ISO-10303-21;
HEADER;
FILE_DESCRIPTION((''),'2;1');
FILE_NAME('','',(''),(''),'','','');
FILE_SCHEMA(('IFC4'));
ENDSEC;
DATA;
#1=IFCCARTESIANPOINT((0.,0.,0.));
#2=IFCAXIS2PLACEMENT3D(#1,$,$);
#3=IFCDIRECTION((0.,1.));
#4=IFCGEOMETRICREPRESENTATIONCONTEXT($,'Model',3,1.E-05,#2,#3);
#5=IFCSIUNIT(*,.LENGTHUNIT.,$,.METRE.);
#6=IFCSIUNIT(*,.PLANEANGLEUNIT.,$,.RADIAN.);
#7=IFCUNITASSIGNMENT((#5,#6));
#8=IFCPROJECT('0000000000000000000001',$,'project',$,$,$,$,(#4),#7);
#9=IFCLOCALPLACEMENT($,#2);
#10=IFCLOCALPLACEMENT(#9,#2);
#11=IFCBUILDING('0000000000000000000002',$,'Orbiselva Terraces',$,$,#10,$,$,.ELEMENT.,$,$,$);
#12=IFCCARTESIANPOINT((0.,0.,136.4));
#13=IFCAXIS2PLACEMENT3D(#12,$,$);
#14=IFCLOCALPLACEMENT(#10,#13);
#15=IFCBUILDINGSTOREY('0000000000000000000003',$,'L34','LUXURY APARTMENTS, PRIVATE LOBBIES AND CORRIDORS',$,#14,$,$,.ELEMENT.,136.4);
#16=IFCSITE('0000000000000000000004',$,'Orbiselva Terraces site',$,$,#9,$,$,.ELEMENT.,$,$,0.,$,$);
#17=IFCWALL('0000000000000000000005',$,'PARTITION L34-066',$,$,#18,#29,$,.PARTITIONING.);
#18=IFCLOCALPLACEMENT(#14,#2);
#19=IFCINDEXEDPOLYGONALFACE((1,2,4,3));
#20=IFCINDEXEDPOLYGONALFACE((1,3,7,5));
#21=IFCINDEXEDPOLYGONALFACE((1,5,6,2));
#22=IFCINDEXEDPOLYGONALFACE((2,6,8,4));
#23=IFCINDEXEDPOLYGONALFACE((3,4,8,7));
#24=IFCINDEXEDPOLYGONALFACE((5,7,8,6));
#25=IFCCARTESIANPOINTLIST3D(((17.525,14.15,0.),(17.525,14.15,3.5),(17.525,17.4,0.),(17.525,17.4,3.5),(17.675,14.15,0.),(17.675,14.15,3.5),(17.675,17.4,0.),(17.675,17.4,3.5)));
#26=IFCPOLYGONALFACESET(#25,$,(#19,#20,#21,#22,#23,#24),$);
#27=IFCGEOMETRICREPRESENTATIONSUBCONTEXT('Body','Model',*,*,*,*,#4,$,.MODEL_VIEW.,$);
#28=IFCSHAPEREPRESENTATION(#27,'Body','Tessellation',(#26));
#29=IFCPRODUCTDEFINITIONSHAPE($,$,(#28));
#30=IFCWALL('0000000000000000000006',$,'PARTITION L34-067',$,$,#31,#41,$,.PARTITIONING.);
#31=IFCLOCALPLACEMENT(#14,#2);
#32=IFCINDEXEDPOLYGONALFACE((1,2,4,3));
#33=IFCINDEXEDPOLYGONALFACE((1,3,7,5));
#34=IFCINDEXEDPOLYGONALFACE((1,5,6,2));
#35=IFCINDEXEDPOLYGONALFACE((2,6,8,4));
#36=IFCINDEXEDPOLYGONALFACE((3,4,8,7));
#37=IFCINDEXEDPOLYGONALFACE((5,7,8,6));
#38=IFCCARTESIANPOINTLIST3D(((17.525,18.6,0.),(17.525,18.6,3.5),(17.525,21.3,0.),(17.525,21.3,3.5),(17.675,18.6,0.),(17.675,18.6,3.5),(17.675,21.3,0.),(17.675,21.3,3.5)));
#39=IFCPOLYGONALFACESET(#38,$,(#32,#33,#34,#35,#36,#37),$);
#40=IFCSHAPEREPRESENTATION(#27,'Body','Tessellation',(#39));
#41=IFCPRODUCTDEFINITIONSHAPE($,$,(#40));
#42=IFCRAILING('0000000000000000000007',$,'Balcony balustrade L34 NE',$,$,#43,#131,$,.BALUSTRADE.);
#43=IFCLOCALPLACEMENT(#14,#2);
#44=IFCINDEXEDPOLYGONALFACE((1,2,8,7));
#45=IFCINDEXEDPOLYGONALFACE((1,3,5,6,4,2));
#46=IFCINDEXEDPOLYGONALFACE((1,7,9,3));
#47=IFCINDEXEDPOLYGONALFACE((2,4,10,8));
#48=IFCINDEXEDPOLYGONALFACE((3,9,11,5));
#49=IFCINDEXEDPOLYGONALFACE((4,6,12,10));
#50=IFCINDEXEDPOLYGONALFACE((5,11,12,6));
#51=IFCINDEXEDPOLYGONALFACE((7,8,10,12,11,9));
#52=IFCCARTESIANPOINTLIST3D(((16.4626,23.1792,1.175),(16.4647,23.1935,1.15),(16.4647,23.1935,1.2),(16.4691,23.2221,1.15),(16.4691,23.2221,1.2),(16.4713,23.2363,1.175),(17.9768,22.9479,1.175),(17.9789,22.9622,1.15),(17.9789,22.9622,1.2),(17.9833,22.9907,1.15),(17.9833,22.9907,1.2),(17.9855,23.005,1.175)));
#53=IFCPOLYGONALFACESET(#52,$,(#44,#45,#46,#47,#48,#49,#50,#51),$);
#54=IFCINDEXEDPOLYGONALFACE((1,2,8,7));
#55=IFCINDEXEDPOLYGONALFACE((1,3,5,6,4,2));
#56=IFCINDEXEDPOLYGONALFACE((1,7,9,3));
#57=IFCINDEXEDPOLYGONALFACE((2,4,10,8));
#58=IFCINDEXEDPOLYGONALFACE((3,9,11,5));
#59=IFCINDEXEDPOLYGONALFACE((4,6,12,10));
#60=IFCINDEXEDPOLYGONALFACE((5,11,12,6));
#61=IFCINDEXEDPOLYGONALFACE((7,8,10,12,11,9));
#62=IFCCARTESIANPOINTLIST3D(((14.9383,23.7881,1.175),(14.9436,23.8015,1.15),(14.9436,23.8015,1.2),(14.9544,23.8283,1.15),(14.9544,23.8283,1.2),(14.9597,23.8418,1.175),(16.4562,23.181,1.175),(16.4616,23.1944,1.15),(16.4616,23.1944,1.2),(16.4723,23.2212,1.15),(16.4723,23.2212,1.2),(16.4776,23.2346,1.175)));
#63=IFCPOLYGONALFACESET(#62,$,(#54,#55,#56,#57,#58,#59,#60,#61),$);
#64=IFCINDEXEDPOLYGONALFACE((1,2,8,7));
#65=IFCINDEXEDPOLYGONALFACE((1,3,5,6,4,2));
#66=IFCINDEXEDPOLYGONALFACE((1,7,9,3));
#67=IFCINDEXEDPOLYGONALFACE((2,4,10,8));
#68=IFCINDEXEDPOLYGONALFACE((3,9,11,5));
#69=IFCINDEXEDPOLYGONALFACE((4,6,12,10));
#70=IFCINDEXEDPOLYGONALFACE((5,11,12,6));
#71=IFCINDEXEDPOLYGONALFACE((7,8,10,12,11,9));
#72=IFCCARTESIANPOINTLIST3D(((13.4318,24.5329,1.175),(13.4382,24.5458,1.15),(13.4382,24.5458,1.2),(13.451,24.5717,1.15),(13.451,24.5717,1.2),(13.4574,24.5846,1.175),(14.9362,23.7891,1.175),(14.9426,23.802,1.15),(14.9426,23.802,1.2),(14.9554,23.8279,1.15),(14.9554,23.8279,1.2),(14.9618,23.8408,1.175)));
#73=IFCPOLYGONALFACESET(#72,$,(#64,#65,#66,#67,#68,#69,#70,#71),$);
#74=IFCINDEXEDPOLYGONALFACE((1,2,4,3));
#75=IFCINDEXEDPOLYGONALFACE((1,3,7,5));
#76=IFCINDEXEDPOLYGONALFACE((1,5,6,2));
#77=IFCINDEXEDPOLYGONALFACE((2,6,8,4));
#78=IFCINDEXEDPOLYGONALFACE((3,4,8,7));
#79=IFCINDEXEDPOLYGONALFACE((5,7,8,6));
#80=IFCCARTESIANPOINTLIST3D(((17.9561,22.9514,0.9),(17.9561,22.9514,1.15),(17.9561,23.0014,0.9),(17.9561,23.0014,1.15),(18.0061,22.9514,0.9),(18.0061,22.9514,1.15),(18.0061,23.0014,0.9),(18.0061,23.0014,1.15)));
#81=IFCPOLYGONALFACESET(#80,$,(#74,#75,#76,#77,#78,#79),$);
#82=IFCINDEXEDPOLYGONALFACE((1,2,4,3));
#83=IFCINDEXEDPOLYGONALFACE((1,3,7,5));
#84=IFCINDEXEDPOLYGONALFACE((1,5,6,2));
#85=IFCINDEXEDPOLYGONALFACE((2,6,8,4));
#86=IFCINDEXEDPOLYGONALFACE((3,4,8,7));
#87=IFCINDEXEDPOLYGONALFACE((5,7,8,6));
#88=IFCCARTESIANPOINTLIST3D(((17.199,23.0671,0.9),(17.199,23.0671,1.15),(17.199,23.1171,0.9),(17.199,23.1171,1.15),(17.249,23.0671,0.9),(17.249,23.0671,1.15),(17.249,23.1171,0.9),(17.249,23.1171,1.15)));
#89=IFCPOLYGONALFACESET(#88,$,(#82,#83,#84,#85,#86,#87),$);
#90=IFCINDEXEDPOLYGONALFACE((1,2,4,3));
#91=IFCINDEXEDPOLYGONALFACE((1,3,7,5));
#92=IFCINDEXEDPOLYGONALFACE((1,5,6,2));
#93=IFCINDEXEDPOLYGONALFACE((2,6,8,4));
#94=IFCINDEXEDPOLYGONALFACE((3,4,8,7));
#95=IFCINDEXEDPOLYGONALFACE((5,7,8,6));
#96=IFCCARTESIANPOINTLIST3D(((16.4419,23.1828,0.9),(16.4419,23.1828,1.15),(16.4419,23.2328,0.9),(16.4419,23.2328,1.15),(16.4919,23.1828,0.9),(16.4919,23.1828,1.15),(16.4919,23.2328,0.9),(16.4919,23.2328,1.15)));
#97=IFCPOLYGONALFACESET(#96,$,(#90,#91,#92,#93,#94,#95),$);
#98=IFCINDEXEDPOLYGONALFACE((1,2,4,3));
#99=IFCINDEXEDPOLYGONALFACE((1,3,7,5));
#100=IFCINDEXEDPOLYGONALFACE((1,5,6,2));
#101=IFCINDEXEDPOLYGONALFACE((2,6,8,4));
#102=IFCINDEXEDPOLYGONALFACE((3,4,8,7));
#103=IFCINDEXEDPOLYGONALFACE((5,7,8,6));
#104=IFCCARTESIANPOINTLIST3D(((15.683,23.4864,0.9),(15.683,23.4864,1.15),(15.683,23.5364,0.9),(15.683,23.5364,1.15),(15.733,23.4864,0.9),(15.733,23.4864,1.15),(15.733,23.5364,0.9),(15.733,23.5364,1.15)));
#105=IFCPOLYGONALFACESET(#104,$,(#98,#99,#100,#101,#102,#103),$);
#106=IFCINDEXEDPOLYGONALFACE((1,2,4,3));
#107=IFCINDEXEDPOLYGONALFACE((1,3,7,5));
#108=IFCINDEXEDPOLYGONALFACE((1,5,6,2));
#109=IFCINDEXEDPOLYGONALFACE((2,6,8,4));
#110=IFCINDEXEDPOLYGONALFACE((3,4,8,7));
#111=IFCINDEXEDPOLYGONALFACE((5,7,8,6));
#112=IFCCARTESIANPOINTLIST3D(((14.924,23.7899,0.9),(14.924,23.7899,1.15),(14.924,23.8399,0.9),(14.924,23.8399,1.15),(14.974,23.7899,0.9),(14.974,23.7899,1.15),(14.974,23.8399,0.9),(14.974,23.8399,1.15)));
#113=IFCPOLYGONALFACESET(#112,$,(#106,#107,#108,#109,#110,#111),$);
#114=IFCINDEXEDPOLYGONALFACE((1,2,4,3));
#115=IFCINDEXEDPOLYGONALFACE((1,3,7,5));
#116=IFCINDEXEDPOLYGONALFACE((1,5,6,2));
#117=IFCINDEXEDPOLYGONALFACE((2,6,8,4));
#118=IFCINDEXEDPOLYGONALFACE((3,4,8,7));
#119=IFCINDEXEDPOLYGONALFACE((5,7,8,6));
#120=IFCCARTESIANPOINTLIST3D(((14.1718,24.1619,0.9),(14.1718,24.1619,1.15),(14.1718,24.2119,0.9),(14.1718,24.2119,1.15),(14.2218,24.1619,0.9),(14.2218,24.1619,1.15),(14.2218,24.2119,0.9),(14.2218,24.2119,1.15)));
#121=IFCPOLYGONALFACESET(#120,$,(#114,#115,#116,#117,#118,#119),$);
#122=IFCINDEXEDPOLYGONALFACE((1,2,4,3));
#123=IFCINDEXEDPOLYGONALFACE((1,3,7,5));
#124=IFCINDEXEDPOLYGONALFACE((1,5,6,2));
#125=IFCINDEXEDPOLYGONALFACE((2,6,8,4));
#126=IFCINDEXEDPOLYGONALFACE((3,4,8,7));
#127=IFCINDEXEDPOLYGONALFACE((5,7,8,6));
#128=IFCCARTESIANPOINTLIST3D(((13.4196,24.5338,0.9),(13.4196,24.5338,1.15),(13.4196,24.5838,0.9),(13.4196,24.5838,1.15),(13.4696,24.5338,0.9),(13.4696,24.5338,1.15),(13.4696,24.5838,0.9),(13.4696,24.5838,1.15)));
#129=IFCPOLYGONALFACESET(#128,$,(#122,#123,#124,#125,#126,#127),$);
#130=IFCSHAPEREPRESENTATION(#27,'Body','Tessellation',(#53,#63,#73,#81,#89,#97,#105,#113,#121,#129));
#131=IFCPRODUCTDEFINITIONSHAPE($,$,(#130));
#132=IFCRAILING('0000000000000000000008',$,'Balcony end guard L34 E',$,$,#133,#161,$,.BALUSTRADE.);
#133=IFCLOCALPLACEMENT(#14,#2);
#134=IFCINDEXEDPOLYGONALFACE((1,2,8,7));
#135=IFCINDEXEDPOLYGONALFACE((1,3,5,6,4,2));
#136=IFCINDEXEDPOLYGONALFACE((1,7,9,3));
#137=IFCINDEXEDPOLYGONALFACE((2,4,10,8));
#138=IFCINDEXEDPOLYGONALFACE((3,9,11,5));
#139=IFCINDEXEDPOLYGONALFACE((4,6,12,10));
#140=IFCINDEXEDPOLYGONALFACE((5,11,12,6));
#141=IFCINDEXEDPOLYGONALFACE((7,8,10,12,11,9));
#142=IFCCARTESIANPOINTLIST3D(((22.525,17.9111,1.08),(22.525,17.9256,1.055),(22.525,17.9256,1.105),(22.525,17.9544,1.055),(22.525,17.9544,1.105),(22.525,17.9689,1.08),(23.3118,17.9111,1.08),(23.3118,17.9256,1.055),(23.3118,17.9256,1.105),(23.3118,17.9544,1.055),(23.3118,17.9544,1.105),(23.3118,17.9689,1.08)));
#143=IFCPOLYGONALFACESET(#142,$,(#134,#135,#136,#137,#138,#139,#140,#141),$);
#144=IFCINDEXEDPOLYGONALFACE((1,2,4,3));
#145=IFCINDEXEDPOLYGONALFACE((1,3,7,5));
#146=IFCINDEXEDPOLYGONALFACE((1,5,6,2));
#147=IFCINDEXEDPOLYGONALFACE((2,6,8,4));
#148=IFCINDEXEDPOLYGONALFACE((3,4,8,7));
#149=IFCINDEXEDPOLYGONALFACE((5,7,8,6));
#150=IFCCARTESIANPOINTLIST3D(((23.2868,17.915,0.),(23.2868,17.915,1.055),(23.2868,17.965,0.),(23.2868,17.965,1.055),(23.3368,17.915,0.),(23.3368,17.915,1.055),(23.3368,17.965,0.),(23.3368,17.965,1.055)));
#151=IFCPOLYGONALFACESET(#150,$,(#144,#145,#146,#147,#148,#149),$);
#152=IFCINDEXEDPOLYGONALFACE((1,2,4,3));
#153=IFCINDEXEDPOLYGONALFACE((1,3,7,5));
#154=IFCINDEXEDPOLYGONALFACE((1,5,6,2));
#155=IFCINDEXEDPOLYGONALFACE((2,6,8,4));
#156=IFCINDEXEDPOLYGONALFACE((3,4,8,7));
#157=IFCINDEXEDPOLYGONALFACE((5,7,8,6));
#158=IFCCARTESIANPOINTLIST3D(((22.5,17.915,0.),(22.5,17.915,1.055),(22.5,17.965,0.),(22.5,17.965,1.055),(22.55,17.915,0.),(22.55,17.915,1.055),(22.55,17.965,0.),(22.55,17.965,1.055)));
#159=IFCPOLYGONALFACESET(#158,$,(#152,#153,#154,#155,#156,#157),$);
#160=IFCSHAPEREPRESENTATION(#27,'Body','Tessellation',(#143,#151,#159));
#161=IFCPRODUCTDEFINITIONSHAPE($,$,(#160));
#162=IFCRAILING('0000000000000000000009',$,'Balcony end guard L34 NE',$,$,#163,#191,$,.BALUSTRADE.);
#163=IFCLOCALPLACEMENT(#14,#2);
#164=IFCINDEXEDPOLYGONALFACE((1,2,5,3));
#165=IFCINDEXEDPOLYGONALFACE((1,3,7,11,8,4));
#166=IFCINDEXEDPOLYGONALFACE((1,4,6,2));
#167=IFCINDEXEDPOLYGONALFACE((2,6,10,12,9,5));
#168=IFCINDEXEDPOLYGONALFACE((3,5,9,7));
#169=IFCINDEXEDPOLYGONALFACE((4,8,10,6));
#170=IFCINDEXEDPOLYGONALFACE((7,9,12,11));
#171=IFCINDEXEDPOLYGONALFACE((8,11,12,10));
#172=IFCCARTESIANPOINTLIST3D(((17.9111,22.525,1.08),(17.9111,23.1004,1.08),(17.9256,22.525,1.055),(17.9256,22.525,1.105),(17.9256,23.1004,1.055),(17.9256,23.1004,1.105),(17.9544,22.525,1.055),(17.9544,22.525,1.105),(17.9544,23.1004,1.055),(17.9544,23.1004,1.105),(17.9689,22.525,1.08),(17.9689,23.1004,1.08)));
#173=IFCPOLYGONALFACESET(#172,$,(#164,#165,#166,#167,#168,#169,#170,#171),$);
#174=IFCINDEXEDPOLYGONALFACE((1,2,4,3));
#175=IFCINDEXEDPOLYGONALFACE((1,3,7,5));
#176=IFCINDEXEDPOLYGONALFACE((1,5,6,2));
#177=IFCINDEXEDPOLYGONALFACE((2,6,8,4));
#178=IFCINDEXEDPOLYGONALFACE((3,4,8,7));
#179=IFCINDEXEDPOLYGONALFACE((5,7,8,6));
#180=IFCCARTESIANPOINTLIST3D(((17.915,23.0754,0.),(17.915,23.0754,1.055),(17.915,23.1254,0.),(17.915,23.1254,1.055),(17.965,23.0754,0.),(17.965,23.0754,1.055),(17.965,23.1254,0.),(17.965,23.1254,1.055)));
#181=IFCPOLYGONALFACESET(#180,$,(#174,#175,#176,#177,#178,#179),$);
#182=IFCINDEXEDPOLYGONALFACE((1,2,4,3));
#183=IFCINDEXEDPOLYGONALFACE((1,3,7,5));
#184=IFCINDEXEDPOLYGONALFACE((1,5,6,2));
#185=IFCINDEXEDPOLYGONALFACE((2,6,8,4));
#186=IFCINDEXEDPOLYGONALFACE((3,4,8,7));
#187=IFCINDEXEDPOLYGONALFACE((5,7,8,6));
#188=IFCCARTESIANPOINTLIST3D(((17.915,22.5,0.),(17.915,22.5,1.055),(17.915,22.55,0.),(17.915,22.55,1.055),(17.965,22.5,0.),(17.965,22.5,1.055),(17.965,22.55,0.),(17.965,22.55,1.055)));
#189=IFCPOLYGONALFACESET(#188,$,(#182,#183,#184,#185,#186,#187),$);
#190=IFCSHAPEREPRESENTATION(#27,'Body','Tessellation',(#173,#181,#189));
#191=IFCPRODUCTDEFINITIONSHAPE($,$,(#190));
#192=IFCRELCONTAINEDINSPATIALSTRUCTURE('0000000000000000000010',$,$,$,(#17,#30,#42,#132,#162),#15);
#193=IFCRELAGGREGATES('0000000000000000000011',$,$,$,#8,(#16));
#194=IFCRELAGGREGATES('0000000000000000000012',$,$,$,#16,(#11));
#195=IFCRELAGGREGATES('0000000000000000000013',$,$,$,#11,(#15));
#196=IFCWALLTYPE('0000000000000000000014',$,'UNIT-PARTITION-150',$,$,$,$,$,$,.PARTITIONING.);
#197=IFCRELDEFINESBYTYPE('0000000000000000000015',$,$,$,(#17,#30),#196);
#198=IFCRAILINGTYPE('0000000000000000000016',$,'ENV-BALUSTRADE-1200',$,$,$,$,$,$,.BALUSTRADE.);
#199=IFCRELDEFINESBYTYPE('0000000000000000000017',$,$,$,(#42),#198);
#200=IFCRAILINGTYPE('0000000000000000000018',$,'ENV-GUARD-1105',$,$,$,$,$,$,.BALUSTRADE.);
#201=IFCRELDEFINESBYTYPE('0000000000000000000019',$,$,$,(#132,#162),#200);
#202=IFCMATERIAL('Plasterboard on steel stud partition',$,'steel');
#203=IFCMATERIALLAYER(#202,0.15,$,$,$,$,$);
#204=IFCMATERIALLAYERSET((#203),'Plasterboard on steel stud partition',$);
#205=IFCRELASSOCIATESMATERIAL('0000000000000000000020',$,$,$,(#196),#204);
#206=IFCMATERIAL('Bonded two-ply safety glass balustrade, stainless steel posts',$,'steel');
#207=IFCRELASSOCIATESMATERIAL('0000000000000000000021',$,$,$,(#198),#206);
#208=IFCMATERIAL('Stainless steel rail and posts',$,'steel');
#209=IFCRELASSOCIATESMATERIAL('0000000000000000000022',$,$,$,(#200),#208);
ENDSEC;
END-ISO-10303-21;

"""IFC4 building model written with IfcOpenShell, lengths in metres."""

from ifc_helpers import new_model, si_unit, direction, frame, frame_2d, origin, origin_2d, place, context, subcontext, project, spatial, polyline, rectangle, outline, extrude, material, layer, layer_set, type_object, element, save


model = new_model("IFC4")

# Units and contexts
model_context = context("Model", 3, precision=1e-05, world=origin(), true_north=direction((0.0, 1.0)))
body_context = subcontext(model_context, "Body", "Model", "MODEL_VIEW")
ifc_project = project(units=[si_unit("LENGTHUNIT", "METRE"), si_unit("PLANEANGLEUNIT", "RADIAN")], contexts=[model_context])

# Site, building, storey
site_placement = place(None, origin())
site = spatial("IfcSite", under=ifc_project, at=site_placement, Name="Orbiselva Terraces site", CompositionType="ELEMENT", RefElevation=0.0)
building_placement = place(site_placement, origin())
building = spatial("IfcBuilding", under=site, at=building_placement, Name="Orbiselva Terraces", CompositionType="ELEMENT")
storey_placement = place(building_placement, frame((0.0, 0.0, 136.4)))
storey = spatial("IfcBuildingStorey", under=building, at=storey_placement, Name="L34", Description="LUXURY APARTMENTS, PRIVATE LOBBIES AND CORRIDORS", CompositionType="ELEMENT", Elevation=136.4)

# Walls
ifc_material_1 = material(Name="Plasterboard on steel stud partition", Category="steel")
ifc_layer_1 = layer(ifc_material_1, 0.15)
ifc_layer_set_1 = layer_set([ifc_layer_1], Name="Plasterboard on steel stud partition")
wall_type_1 = type_object("IfcWallType", Name="UNIT-PARTITION-150", PredefinedType="PARTITIONING", material=ifc_layer_set_1)
wall_1_placement = place(storey_placement, frame((17.6, 14.15, 0.0), z_axis=(0.0, 0.0, 1.0), x_axis=(0.0, 1.0, 0.0)))
element("IfcWall", 1, at=wall_1_placement, inside=storey, type_object=wall_type_1, Name="PARTITION L34-066", PredefinedType="PARTITIONING", context=body_context, shape_type="SweptSolid", body=[
    extrude(rectangle(XDim=3.25, YDim=0.15, at=frame_2d((1.625, 0.0))), origin(), (0.0, 0.0, 1.0), 3.5),
])
wall_2_placement = place(storey_placement, frame((17.6, 18.6, 0.0), z_axis=(0.0, 0.0, 1.0), x_axis=(0.0, 1.0, 0.0)))
element("IfcWall", 2, at=wall_2_placement, inside=storey, type_object=wall_type_1, Name="PARTITION L34-067", PredefinedType="PARTITIONING", context=body_context, shape_type="SweptSolid", body=[
    extrude(rectangle(XDim=2.7, YDim=0.15, at=frame_2d((1.35, 0.0))), origin(), (0.0, 0.0, 1.0), 3.5),
])

# Railings
ifc_material_2 = material(Name="Bonded two-ply safety glass balustrade, stainless steel posts", Category="steel")
railing_type_1 = type_object("IfcRailingType", Name="ENV-BALUSTRADE-1200", PredefinedType="BALUSTRADE", material=ifc_material_2)
railing_1_placement = place(storey_placement, frame((17.9811, 22.9764, 0.9)))
element("IfcRailing", 3, at=railing_1_placement, inside=storey, type_object=railing_type_1, Name="Balcony balustrade L34 NE", PredefinedType="BALUSTRADE", context=body_context, shape_type="SweptSolid", body=[
    extrude(outline(polyline([(0.0289, 0.0), (0.0144, 0.025), (-0.0144, 0.025), (-0.0289, 0.0), (-0.0144, -0.025), (0.0144, -0.025), (0.0289, 0.0)])), frame((0.0, 0.0, 0.275), z_axis=(-0.988529, 0.151034, 0.0), x_axis=(-0.151034, -0.988529, 0.0)), (0.0, 0.0, 1.0), 1.5318),
    extrude(outline(polyline([(0.0289, 0.0), (0.0144, 0.025), (-0.0144, 0.025), (-0.0289, 0.0), (-0.0144, -0.025), (0.0144, -0.025), (0.0289, 0.0)])), frame((-1.5142, 0.2314, 0.275), z_axis=(-0.928477, 0.37139, 0.0), x_axis=(-0.37139, -0.928477, 0.0)), (0.0, 0.0, 1.0), 1.6348),
    extrude(outline(polyline([(0.0289, 0.0), (0.0144, 0.025), (-0.0144, 0.025), (-0.0289, 0.0), (-0.0144, -0.025), (0.0144, -0.025), (0.0289, 0.0)])), frame((-3.0321, 0.8385, 0.275), z_axis=(-0.896417, 0.443213, 0.0), x_axis=(-0.443213, -0.896417, 0.0)), (0.0, 0.0, 1.0), 1.6782),
    extrude(rectangle(XDim=0.05, YDim=0.05, at=origin_2d()), origin(), (0.0, 0.0, 1.0), 0.25),
    extrude(rectangle(XDim=0.05, YDim=0.05, at=origin_2d()), frame((-0.7571, 0.1157, 0.0)), (0.0, 0.0, 1.0), 0.25),
    extrude(rectangle(XDim=0.05, YDim=0.05, at=origin_2d()), frame((-1.5142, 0.2314, 0.0)), (0.0, 0.0, 1.0), 0.25),
    extrude(rectangle(XDim=0.05, YDim=0.05, at=origin_2d()), frame((-2.2732, 0.5349, 0.0)), (0.0, 0.0, 1.0), 0.25),
    extrude(rectangle(XDim=0.05, YDim=0.05, at=origin_2d()), frame((-3.0321, 0.8385, 0.0)), (0.0, 0.0, 1.0), 0.25),
    extrude(rectangle(XDim=0.05, YDim=0.05, at=origin_2d()), frame((-3.7843, 1.2104, 0.0)), (0.0, 0.0, 1.0), 0.25),
    extrude(rectangle(XDim=0.05, YDim=0.05, at=origin_2d()), frame((-4.5365, 1.5823, 0.0)), (0.0, 0.0, 1.0), 0.25),
])
ifc_material_3 = material(Name="Stainless steel rail and posts", Category="steel")
railing_type_2 = type_object("IfcRailingType", Name="ENV-GUARD-1105", PredefinedType="BALUSTRADE", material=ifc_material_3)
railing_2_placement = place(storey_placement, frame((23.3118, 17.94, 0.0)))
element("IfcRailing", 4, at=railing_2_placement, inside=storey, type_object=railing_type_2, Name="Balcony end guard L34 E", PredefinedType="BALUSTRADE", context=body_context, shape_type="SweptSolid", body=[
    extrude(outline(polyline([(0.0289, 0.0), (0.0144, 0.025), (-0.0144, 0.025), (-0.0289, 0.0), (-0.0144, -0.025), (0.0144, -0.025), (0.0289, 0.0)])), frame((0.0, 0.0, 1.08), z_axis=(-1.0, 0.0, 0.0), x_axis=(0.0, -1.0, 0.0)), (0.0, 0.0, 1.0), 0.7868),
    extrude(rectangle(XDim=0.05, YDim=0.05, at=origin_2d()), origin(), (0.0, 0.0, 1.0), 1.055),
    extrude(rectangle(XDim=0.05, YDim=0.05, at=origin_2d()), frame((-0.7868, 0.0, 0.0)), (0.0, 0.0, 1.0), 1.055),
])
railing_3_placement = place(storey_placement, frame((17.94, 23.1004, 0.0)))
element("IfcRailing", 5, at=railing_3_placement, inside=storey, type_object=railing_type_2, Name="Balcony end guard L34 NE", PredefinedType="BALUSTRADE", context=body_context, shape_type="SweptSolid", body=[
    extrude(outline(polyline([(0.0289, 0.0), (0.0144, 0.025), (-0.0144, 0.025), (-0.0289, 0.0), (-0.0144, -0.025), (0.0144, -0.025), (0.0289, 0.0)])), frame((0.0, 0.0, 1.08), z_axis=(0.0, -1.0, 0.0), x_axis=(1.0, 0.0, 0.0)), (0.0, 0.0, 1.0), 0.5754),
    extrude(rectangle(XDim=0.05, YDim=0.05, at=origin_2d()), origin(), (0.0, 0.0, 1.0), 1.055),
    extrude(rectangle(XDim=0.05, YDim=0.05, at=origin_2d()), frame((0.0, -0.5754, 0.0)), (0.0, 0.0, 1.0), 1.055),
])

save(model, "model.ifc")
